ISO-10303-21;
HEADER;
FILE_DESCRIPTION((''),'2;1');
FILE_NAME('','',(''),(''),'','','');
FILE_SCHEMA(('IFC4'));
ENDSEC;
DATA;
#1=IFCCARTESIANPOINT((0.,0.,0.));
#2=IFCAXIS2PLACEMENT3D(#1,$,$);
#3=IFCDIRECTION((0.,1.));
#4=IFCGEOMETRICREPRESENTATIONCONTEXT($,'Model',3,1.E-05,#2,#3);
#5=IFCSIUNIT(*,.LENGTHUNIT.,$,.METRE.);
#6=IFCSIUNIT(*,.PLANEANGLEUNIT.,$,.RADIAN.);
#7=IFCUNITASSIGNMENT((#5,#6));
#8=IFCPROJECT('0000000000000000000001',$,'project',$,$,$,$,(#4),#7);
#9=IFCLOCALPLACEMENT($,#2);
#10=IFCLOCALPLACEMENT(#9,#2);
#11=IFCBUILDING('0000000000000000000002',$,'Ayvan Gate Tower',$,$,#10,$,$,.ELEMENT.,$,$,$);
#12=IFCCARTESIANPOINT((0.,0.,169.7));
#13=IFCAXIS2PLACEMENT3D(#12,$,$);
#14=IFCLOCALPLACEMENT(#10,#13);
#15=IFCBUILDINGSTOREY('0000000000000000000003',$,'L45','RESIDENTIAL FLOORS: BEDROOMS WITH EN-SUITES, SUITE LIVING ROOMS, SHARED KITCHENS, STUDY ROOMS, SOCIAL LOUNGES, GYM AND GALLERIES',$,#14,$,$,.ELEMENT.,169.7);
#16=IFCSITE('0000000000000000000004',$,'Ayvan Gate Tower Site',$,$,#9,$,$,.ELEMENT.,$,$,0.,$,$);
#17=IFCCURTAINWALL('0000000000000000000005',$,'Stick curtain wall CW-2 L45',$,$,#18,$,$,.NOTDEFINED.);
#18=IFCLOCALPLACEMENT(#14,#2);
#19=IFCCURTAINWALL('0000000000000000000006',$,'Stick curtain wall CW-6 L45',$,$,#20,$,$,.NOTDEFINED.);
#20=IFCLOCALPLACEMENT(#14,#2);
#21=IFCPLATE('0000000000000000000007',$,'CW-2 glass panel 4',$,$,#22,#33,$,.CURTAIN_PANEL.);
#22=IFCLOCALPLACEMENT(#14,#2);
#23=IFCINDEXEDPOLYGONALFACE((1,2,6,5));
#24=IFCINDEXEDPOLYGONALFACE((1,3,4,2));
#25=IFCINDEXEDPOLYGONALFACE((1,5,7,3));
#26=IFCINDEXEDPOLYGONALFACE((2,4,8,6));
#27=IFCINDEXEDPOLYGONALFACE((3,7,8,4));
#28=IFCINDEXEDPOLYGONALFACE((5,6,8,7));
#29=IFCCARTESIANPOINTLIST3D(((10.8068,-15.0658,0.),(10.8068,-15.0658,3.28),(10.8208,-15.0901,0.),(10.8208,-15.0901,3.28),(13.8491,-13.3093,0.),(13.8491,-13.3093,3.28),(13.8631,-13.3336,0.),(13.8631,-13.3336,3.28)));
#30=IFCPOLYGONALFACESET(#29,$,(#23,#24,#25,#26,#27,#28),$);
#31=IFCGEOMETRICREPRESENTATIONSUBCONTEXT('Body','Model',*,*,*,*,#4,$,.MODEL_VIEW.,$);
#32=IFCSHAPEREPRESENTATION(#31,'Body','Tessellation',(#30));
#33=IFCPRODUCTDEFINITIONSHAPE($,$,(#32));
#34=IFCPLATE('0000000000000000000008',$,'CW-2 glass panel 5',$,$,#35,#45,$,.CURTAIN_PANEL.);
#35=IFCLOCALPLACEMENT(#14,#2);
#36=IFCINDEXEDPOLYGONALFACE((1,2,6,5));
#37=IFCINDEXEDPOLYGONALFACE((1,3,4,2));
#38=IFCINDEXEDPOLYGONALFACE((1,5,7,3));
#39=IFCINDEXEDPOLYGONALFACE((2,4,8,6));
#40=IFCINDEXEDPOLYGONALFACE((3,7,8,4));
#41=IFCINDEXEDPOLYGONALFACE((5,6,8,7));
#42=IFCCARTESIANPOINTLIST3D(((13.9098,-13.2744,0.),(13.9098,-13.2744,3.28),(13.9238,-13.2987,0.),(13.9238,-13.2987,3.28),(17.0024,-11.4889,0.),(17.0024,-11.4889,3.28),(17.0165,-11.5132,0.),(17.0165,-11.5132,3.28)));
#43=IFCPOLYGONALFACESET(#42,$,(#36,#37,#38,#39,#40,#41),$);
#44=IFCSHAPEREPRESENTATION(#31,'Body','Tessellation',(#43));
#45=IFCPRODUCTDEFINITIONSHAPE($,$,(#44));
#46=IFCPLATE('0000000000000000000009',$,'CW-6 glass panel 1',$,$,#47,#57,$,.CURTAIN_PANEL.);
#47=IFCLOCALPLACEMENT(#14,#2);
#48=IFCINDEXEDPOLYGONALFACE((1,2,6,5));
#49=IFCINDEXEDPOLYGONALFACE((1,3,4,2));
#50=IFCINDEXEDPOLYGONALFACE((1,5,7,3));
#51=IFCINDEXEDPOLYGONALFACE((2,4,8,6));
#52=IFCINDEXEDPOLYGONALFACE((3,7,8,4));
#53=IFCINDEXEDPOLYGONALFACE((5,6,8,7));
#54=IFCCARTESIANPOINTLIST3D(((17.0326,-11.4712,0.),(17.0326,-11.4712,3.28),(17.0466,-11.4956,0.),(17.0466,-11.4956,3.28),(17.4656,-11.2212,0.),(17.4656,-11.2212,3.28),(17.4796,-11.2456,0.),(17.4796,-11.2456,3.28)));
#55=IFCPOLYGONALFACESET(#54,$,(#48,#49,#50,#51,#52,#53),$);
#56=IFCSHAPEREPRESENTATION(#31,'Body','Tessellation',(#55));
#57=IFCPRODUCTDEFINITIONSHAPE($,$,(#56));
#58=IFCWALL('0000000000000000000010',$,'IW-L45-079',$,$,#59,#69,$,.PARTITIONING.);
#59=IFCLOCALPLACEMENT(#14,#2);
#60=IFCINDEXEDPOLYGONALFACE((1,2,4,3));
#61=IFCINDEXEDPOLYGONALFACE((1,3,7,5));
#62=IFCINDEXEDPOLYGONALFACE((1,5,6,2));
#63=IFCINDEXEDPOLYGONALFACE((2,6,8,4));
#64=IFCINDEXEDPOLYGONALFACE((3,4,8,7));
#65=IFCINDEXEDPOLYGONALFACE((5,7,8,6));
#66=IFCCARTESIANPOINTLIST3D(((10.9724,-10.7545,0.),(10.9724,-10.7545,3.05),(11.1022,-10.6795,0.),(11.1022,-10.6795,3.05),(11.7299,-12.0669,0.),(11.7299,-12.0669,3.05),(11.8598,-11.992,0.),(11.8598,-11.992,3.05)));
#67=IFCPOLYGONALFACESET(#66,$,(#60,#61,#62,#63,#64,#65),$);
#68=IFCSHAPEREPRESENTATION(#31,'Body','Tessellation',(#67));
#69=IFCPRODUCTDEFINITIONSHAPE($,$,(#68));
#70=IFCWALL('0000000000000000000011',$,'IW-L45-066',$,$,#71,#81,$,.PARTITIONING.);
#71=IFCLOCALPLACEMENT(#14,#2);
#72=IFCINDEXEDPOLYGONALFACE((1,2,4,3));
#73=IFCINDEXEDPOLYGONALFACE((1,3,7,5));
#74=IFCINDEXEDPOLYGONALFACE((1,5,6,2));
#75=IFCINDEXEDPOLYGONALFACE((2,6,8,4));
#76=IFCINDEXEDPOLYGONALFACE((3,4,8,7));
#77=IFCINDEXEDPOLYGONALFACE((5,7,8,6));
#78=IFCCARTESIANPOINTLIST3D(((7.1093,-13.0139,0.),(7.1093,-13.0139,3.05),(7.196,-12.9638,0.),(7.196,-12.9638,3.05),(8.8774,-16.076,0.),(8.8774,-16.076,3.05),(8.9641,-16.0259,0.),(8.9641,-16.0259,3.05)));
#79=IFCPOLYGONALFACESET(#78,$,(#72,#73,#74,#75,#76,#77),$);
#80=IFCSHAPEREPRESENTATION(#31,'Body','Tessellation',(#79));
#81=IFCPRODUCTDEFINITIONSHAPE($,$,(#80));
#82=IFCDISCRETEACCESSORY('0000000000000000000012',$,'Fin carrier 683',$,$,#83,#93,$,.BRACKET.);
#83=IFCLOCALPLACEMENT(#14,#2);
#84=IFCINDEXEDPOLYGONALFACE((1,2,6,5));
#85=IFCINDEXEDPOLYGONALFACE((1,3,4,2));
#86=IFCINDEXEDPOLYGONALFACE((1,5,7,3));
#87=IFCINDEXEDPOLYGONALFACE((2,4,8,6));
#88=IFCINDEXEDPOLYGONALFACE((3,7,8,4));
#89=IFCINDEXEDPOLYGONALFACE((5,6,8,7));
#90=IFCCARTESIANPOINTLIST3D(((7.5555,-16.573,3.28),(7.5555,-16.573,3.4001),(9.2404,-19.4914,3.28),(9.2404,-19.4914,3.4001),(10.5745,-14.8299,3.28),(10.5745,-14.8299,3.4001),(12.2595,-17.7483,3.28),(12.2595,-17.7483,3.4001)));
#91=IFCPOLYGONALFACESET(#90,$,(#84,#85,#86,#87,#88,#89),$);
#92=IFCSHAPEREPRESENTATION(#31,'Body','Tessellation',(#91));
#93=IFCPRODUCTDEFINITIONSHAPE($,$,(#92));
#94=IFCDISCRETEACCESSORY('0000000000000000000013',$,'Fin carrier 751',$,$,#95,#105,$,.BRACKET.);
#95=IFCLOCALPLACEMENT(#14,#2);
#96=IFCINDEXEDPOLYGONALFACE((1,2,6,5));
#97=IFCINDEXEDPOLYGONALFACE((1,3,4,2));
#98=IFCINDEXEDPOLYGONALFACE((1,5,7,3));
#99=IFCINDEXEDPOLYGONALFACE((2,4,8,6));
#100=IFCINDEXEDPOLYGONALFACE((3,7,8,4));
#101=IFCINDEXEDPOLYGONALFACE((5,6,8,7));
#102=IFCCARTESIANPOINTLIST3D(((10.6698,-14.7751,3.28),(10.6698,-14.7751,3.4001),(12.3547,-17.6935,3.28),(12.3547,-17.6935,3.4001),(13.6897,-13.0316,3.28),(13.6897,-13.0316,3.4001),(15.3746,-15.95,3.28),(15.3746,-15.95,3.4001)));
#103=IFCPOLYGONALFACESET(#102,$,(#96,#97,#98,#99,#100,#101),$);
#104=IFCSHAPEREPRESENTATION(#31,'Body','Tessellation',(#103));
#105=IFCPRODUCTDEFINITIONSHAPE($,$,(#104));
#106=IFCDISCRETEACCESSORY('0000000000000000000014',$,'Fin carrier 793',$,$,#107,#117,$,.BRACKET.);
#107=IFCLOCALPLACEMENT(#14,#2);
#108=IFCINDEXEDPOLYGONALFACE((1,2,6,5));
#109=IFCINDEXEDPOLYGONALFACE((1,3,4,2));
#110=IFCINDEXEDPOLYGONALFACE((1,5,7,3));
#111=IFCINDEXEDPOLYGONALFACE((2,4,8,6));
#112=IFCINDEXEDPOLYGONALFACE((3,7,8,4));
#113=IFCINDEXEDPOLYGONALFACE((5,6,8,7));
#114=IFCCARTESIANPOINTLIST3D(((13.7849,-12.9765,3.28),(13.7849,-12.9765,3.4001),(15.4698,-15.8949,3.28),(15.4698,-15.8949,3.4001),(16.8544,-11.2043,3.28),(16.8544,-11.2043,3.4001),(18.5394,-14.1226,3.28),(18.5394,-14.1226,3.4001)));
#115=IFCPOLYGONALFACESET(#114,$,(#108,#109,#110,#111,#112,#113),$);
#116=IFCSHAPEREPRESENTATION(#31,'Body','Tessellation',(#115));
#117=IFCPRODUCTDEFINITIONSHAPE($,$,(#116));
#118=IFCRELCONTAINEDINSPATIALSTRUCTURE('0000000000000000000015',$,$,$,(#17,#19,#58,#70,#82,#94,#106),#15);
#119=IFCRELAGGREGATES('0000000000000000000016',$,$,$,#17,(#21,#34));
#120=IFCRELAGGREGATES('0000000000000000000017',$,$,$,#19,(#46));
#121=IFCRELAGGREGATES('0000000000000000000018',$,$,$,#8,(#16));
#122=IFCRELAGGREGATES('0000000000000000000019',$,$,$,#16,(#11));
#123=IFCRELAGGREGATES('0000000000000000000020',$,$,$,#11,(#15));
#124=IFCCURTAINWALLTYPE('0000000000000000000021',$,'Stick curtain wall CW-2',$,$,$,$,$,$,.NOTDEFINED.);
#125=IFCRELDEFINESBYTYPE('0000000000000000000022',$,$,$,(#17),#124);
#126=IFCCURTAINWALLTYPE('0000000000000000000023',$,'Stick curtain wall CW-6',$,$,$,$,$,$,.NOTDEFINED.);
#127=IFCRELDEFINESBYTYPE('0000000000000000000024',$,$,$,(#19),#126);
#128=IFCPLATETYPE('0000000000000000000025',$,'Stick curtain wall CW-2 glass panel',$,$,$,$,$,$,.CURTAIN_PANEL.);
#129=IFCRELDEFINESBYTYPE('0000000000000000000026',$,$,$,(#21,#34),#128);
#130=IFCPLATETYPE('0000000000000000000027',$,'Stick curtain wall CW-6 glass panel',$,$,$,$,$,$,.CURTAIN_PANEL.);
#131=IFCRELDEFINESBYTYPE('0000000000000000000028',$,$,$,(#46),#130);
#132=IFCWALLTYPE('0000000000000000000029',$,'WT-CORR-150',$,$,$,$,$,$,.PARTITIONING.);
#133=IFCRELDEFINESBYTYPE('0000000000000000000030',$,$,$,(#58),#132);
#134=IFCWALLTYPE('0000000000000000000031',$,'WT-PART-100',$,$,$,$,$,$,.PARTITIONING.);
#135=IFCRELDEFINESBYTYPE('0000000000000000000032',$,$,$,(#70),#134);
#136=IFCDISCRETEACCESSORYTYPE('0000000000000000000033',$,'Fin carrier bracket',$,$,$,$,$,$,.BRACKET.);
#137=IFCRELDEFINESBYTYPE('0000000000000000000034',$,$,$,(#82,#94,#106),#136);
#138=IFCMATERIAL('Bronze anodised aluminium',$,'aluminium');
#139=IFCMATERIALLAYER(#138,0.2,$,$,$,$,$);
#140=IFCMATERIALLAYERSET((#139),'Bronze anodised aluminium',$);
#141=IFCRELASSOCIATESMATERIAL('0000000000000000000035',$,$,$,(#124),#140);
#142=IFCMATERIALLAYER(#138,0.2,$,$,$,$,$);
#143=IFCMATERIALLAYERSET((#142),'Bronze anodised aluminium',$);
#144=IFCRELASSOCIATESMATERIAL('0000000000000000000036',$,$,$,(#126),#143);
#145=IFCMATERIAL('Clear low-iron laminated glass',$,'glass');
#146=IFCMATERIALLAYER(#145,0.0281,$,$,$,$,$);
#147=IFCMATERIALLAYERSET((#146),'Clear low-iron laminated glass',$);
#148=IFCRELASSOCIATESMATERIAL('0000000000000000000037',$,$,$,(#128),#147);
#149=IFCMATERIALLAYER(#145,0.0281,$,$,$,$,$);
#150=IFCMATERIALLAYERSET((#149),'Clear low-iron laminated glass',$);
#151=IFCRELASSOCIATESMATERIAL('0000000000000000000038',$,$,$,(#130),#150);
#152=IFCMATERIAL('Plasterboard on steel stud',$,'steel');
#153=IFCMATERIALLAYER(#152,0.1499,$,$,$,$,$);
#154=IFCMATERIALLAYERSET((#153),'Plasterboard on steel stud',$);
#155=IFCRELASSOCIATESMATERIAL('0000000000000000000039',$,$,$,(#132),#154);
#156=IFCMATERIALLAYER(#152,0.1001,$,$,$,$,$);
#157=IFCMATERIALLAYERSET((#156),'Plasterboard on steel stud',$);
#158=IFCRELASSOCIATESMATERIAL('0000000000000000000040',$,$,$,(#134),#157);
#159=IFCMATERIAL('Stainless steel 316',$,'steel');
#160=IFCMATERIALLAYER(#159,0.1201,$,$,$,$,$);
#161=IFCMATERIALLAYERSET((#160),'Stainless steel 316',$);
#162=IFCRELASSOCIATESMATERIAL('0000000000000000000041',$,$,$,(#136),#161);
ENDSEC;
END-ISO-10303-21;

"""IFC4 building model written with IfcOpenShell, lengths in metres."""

from ifc_helpers import new_model, si_unit, direction, frame, frame_2d, origin, origin_2d, place, context, subcontext, project, spatial, rectangle, extrude, material, layer, layer_set, type_object, element, aggregate, save


model = new_model("IFC4")

# Units and contexts
model_context = context("Model", 3, precision=1e-05, world=origin(), true_north=direction((0.0, 1.0)))
body_context = subcontext(model_context, "Body", "Model", "MODEL_VIEW")
ifc_project = project(units=[si_unit("LENGTHUNIT", "METRE"), si_unit("PLANEANGLEUNIT", "RADIAN")], contexts=[model_context])

# Site, building, storey
site_placement = place(None, origin())
site = spatial("IfcSite", under=ifc_project, at=site_placement, Name="Ayvan Gate Tower Site", CompositionType="ELEMENT", RefElevation=0.0)
building_placement = place(site_placement, origin())
building = spatial("IfcBuilding", under=site, at=building_placement, Name="Ayvan Gate Tower", CompositionType="ELEMENT")
storey_placement = place(building_placement, frame((0.0, 0.0, 169.7)))
storey = spatial("IfcBuildingStorey", under=building, at=storey_placement, Name="L45", Description="RESIDENTIAL FLOORS: BEDROOMS WITH EN-SUITES, SUITE LIVING ROOMS, SHARED KITCHENS, STUDY ROOMS, SOCIAL LOUNGES, GYM AND GALLERIES", CompositionType="ELEMENT", Elevation=169.7)

# Curtain walls
ifc_material_1 = material(Name="Bronze anodised aluminium", Category="aluminium")
ifc_layer_1 = layer(ifc_material_1, 0.2)
ifc_layer_set_1 = layer_set([ifc_layer_1], Name="Bronze anodised aluminium")
curtain_wall_type_1 = type_object("IfcCurtainWallType", Name="Stick curtain wall CW-2", PredefinedType="NOTDEFINED", material=ifc_layer_set_1)
curtain_wall_1_placement = place(storey_placement, origin())
curtain_wall_1 = element("IfcCurtainWall", 1, at=curtain_wall_1_placement, inside=storey, type_object=curtain_wall_type_1, Name="Stick curtain wall CW-2 L45", PredefinedType="NOTDEFINED")
ifc_layer_2 = layer(ifc_material_1, 0.2)
ifc_layer_set_2 = layer_set([ifc_layer_2], Name="Bronze anodised aluminium")
curtain_wall_type_2 = type_object("IfcCurtainWallType", Name="Stick curtain wall CW-6", PredefinedType="NOTDEFINED", material=ifc_layer_set_2)
curtain_wall_2_placement = place(storey_placement, origin())
curtain_wall_2 = element("IfcCurtainWall", 2, at=curtain_wall_2_placement, inside=storey, type_object=curtain_wall_type_2, Name="Stick curtain wall CW-6 L45", PredefinedType="NOTDEFINED")

# Plates
ifc_material_2 = material(Name="Clear low-iron laminated glass", Category="glass")
ifc_layer_3 = layer(ifc_material_2, 0.0281)
ifc_layer_set_3 = layer_set([ifc_layer_3], Name="Clear low-iron laminated glass")
plate_type_1 = type_object("IfcPlateType", Name="Stick curtain wall CW-2 glass panel", PredefinedType="CURTAIN_PANEL", material=ifc_layer_set_3)
plate_1_placement = place(storey_placement, frame((12.335, -14.1997, 0.0), z_axis=(0.0, 0.0, 1.0), x_axis=(0.866025, 0.5, 0.0)))
plate_1 = element("IfcPlate", 3, at=plate_1_placement, type_object=plate_type_1, Name="CW-2 glass panel 4", PredefinedType="CURTAIN_PANEL", context=body_context, shape_type="SweptSolid", body=[
    extrude(rectangle(XDim=3.5129, YDim=0.0281, at=origin_2d()), origin(), (0.0, 0.0, 1.0), 3.28),
])
plate_2_placement = place(storey_placement, frame((15.4631, -12.3938, 0.0), z_axis=(0.0, 0.0, 1.0), x_axis=(0.866025, 0.5, 0.0)))
plate_2 = element("IfcPlate", 4, at=plate_2_placement, type_object=plate_type_1, Name="CW-2 glass panel 5", PredefinedType="CURTAIN_PANEL", context=body_context, shape_type="SweptSolid", body=[
    extrude(rectangle(XDim=3.571, YDim=0.0281, at=origin_2d()), origin(), (0.0, 0.0, 1.0), 3.28),
])
aggregate(curtain_wall_1, [plate_1, plate_2])
ifc_layer_4 = layer(ifc_material_2, 0.0281)
ifc_layer_set_4 = layer_set([ifc_layer_4], Name="Clear low-iron laminated glass")
plate_type_2 = type_object("IfcPlateType", Name="Stick curtain wall CW-6 glass panel", PredefinedType="CURTAIN_PANEL", material=ifc_layer_set_4)
plate_3_placement = place(storey_placement, frame((17.2561, -11.3584, 0.0), z_axis=(0.0, 0.0, 1.0), x_axis=(0.866025, 0.5, 0.0)))
plate_3 = element("IfcPlate", 5, at=plate_3_placement, type_object=plate_type_2, Name="CW-6 glass panel 1", PredefinedType="CURTAIN_PANEL", context=body_context, shape_type="SweptSolid", body=[
    extrude(rectangle(XDim=0.5, YDim=0.0281, at=origin_2d()), origin(), (0.0, 0.0, 1.0), 3.28),
])
aggregate(curtain_wall_2, [plate_3])

# Walls
ifc_material_3 = material(Name="Plasterboard on steel stud", Category="steel")
ifc_layer_5 = layer(ifc_material_3, 0.1499)
ifc_layer_set_5 = layer_set([ifc_layer_5], Name="Plasterboard on steel stud")
wall_type_1 = type_object("IfcWallType", Name="WT-CORR-150", PredefinedType="PARTITIONING", material=ifc_layer_set_5)
wall_1_placement = place(storey_placement, frame((11.7949, -12.0295, 0.0), z_axis=(0.0, 0.0, 1.0), x_axis=(-0.499899, 0.866084, 0.0)))
element("IfcWall", 6, at=wall_1_placement, inside=storey, type_object=wall_type_1, Name="IW-L45-079", PredefinedType="PARTITIONING", context=body_context, shape_type="SweptSolid", body=[
    extrude(rectangle(XDim=1.5154, YDim=0.1499, at=frame_2d((0.7578, 0.0))), origin(), (0.0, 0.0, 1.0), 3.05),
])
ifc_layer_6 = layer(ifc_material_3, 0.1001)
ifc_layer_set_6 = layer_set([ifc_layer_6], Name="Plasterboard on steel stud")
wall_type_2 = type_object("IfcWallType", Name="WT-PART-100", PredefinedType="PARTITIONING", material=ifc_layer_set_6)
wall_2_placement = place(storey_placement, frame((7.1526, -12.9888, 0.0), z_axis=(0.0, 0.0, 1.0), x_axis=(0.500045, -0.865999, 0.0)))
element("IfcWall", 7, at=wall_2_placement, inside=storey, type_object=wall_type_2, Name="IW-L45-066", PredefinedType="PARTITIONING", context=body_context, shape_type="SweptSolid", body=[
    extrude(rectangle(XDim=3.5359, YDim=0.1001, at=frame_2d((1.7681, 0.0))), origin(), (0.0, 0.0, 1.0), 3.05),
])

# Discrete accessories
ifc_material_4 = material(Name="Stainless steel 316", Category="steel")
ifc_layer_7 = layer(ifc_material_4, 0.1201)
ifc_layer_set_7 = layer_set([ifc_layer_7], Name="Stainless steel 316")
discrete_accessory_type = type_object("IfcDiscreteAccessoryType", Name="Fin carrier bracket", PredefinedType="BRACKET", material=ifc_layer_set_7)
discrete_accessory_1_placement = place(storey_placement, frame((9.9075, -17.1606, 3.28), z_axis=(0.0, 0.0, 1.0), x_axis=(0.866025, 0.5, 0.0)))
element("IfcDiscreteAccessory", 8, at=discrete_accessory_1_placement, inside=storey, type_object=discrete_accessory_type, Name="Fin carrier 683", PredefinedType="BRACKET", context=body_context, shape_type="SweptSolid", body=[
    extrude(rectangle(XDim=3.4861, YDim=3.3699, at=origin_2d()), origin(), (0.0, 0.0, 1.0), 0.1201),
])
discrete_accessory_2_placement = place(storey_placement, frame((13.0222, -15.3625, 3.28), z_axis=(0.0, 0.0, 1.0), x_axis=(0.866025, 0.5, 0.0)))
element("IfcDiscreteAccessory", 9, at=discrete_accessory_2_placement, inside=storey, type_object=discrete_accessory_type, Name="Fin carrier 751", PredefinedType="BRACKET", context=body_context, shape_type="SweptSolid", body=[
    extrude(rectangle(XDim=3.4871, YDim=3.3699, at=origin_2d()), origin(), (0.0, 0.0, 1.0), 0.1201),
])
discrete_accessory_3_placement = place(storey_placement, frame((16.1621, -13.5496, 3.28), z_axis=(0.0, 0.0, 1.0), x_axis=(0.866025, 0.5, 0.0)))
element("IfcDiscreteAccessory", 10, at=discrete_accessory_3_placement, inside=storey, type_object=discrete_accessory_type, Name="Fin carrier 793", PredefinedType="BRACKET", context=body_context, shape_type="SweptSolid", body=[
    extrude(rectangle(XDim=3.5444, YDim=3.3699, at=origin_2d()), origin(), (0.0, 0.0, 1.0), 0.1201),
])

save(model, "model.ifc")
